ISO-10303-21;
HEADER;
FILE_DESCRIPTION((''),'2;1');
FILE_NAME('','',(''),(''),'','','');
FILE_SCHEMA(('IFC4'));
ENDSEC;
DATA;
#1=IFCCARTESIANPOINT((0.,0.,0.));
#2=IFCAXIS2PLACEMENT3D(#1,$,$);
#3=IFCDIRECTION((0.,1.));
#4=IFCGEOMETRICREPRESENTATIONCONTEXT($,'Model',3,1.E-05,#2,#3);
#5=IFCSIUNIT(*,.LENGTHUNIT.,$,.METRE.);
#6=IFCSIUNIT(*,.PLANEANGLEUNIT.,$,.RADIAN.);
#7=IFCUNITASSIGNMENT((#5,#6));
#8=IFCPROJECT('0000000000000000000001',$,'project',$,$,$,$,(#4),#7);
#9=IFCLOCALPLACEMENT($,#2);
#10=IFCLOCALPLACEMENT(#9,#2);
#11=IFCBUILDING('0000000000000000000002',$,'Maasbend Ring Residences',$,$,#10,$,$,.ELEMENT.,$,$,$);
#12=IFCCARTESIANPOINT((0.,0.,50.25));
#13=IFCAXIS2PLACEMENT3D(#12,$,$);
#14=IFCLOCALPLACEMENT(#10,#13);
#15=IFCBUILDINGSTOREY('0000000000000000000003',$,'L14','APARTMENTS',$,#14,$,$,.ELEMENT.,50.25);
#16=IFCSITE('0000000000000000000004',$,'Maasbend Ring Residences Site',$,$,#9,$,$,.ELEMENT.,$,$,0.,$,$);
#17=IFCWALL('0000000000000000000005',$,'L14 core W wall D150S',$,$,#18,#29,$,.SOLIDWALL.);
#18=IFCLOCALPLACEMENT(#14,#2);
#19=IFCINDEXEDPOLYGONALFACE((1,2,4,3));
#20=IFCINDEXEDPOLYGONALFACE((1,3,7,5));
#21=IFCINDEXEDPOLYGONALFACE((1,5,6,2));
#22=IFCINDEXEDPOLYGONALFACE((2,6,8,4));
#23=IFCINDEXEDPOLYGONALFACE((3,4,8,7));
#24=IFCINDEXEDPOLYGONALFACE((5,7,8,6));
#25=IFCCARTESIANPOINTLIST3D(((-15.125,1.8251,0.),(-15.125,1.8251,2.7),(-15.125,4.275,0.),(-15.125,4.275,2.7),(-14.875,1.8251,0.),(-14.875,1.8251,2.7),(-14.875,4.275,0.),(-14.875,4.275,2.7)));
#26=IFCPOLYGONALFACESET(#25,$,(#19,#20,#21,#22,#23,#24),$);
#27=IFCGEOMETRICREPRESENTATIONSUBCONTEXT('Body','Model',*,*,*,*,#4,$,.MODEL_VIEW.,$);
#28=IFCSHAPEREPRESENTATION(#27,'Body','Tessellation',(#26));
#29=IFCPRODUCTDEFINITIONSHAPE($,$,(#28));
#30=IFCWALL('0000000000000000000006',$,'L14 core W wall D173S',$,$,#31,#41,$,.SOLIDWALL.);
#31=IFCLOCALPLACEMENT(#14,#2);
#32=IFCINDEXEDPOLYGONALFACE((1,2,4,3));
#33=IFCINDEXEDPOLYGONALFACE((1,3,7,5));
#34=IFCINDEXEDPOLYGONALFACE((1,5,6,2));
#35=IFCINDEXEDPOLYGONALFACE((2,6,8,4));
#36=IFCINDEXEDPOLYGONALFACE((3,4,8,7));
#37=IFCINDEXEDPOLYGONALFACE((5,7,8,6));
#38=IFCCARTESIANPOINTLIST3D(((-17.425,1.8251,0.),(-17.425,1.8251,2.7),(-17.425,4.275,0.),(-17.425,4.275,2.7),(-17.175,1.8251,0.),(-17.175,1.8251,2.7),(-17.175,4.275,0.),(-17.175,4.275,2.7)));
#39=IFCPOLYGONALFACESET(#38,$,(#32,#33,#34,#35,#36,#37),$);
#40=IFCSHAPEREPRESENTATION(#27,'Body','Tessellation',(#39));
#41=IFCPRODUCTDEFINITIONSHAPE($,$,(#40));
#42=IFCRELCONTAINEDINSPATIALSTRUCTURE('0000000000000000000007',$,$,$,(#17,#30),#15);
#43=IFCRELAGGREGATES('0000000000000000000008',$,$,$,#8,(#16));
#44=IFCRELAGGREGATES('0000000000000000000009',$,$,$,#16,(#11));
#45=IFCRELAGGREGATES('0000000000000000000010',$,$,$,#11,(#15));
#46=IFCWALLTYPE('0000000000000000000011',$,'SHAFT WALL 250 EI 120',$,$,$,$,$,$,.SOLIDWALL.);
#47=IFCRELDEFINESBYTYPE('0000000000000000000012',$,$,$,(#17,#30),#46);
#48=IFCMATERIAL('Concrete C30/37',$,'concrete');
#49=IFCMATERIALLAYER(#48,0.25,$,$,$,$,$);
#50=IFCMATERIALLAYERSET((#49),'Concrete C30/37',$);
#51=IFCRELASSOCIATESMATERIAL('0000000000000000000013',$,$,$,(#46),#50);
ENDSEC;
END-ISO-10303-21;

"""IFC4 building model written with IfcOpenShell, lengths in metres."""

from ifc_helpers import new_model, si_unit, direction, frame, frame_2d, origin, place, context, subcontext, project, spatial, rectangle, extrude, material, layer, layer_set, type_object, element, save


model = new_model("IFC4")

# Units and contexts
model_context = context("Model", 3, precision=1e-05, world=origin(), true_north=direction((0.0, 1.0)))
body_context = subcontext(model_context, "Body", "Model", "MODEL_VIEW")
ifc_project = project(units=[si_unit("LENGTHUNIT", "METRE"), si_unit("PLANEANGLEUNIT", "RADIAN")], contexts=[model_context])

# Site, building, storey
site_placement = place(None, origin())
site = spatial("IfcSite", under=ifc_project, at=site_placement, Name="Maasbend Ring Residences Site", CompositionType="ELEMENT", RefElevation=0.0)
building_placement = place(site_placement, origin())
building = spatial("IfcBuilding", under=site, at=building_placement, Name="Maasbend Ring Residences", CompositionType="ELEMENT")
storey_placement = place(building_placement, frame((0.0, 0.0, 50.25)))
storey = spatial("IfcBuildingStorey", under=building, at=storey_placement, Name="L14", Description="APARTMENTS", CompositionType="ELEMENT", Elevation=50.25)

# Walls
ifc_material_1 = material(Name="Concrete C30/37", Category="concrete")
ifc_layer_1 = layer(ifc_material_1, 0.25)
ifc_layer_set_1 = layer_set([ifc_layer_1], Name="Concrete C30/37")
wall_type_1 = type_object("IfcWallType", Name="SHAFT WALL 250 EI 120", PredefinedType="SOLIDWALL", material=ifc_layer_set_1)
for number, where, z_axis, x_axis, name in (
    (1, (-15.0, 1.825, 0.0), (0.0, 0.0, 1.0), (0.0, 1.0, 0.0), "L14 core W wall D150S"),
    (2, (-17.3, 1.825, 0.0), (0.0, 0.0, 1.0), (0.0, 1.0, 0.0), "L14 core W wall D173S"),
):
    element("IfcWall", number, at=place(storey_placement, frame(where, z_axis=z_axis, x_axis=x_axis)), inside=storey, type_object=wall_type_1, Name=name, PredefinedType="SOLIDWALL", context=body_context, shape_type="SweptSolid", body=[
        extrude(rectangle(XDim=2.45, YDim=0.25, at=frame_2d((1.2251, 0.0))), origin(), (0.0, 0.0, 1.0), 2.7),
    ])

save(model, "model.ifc")
